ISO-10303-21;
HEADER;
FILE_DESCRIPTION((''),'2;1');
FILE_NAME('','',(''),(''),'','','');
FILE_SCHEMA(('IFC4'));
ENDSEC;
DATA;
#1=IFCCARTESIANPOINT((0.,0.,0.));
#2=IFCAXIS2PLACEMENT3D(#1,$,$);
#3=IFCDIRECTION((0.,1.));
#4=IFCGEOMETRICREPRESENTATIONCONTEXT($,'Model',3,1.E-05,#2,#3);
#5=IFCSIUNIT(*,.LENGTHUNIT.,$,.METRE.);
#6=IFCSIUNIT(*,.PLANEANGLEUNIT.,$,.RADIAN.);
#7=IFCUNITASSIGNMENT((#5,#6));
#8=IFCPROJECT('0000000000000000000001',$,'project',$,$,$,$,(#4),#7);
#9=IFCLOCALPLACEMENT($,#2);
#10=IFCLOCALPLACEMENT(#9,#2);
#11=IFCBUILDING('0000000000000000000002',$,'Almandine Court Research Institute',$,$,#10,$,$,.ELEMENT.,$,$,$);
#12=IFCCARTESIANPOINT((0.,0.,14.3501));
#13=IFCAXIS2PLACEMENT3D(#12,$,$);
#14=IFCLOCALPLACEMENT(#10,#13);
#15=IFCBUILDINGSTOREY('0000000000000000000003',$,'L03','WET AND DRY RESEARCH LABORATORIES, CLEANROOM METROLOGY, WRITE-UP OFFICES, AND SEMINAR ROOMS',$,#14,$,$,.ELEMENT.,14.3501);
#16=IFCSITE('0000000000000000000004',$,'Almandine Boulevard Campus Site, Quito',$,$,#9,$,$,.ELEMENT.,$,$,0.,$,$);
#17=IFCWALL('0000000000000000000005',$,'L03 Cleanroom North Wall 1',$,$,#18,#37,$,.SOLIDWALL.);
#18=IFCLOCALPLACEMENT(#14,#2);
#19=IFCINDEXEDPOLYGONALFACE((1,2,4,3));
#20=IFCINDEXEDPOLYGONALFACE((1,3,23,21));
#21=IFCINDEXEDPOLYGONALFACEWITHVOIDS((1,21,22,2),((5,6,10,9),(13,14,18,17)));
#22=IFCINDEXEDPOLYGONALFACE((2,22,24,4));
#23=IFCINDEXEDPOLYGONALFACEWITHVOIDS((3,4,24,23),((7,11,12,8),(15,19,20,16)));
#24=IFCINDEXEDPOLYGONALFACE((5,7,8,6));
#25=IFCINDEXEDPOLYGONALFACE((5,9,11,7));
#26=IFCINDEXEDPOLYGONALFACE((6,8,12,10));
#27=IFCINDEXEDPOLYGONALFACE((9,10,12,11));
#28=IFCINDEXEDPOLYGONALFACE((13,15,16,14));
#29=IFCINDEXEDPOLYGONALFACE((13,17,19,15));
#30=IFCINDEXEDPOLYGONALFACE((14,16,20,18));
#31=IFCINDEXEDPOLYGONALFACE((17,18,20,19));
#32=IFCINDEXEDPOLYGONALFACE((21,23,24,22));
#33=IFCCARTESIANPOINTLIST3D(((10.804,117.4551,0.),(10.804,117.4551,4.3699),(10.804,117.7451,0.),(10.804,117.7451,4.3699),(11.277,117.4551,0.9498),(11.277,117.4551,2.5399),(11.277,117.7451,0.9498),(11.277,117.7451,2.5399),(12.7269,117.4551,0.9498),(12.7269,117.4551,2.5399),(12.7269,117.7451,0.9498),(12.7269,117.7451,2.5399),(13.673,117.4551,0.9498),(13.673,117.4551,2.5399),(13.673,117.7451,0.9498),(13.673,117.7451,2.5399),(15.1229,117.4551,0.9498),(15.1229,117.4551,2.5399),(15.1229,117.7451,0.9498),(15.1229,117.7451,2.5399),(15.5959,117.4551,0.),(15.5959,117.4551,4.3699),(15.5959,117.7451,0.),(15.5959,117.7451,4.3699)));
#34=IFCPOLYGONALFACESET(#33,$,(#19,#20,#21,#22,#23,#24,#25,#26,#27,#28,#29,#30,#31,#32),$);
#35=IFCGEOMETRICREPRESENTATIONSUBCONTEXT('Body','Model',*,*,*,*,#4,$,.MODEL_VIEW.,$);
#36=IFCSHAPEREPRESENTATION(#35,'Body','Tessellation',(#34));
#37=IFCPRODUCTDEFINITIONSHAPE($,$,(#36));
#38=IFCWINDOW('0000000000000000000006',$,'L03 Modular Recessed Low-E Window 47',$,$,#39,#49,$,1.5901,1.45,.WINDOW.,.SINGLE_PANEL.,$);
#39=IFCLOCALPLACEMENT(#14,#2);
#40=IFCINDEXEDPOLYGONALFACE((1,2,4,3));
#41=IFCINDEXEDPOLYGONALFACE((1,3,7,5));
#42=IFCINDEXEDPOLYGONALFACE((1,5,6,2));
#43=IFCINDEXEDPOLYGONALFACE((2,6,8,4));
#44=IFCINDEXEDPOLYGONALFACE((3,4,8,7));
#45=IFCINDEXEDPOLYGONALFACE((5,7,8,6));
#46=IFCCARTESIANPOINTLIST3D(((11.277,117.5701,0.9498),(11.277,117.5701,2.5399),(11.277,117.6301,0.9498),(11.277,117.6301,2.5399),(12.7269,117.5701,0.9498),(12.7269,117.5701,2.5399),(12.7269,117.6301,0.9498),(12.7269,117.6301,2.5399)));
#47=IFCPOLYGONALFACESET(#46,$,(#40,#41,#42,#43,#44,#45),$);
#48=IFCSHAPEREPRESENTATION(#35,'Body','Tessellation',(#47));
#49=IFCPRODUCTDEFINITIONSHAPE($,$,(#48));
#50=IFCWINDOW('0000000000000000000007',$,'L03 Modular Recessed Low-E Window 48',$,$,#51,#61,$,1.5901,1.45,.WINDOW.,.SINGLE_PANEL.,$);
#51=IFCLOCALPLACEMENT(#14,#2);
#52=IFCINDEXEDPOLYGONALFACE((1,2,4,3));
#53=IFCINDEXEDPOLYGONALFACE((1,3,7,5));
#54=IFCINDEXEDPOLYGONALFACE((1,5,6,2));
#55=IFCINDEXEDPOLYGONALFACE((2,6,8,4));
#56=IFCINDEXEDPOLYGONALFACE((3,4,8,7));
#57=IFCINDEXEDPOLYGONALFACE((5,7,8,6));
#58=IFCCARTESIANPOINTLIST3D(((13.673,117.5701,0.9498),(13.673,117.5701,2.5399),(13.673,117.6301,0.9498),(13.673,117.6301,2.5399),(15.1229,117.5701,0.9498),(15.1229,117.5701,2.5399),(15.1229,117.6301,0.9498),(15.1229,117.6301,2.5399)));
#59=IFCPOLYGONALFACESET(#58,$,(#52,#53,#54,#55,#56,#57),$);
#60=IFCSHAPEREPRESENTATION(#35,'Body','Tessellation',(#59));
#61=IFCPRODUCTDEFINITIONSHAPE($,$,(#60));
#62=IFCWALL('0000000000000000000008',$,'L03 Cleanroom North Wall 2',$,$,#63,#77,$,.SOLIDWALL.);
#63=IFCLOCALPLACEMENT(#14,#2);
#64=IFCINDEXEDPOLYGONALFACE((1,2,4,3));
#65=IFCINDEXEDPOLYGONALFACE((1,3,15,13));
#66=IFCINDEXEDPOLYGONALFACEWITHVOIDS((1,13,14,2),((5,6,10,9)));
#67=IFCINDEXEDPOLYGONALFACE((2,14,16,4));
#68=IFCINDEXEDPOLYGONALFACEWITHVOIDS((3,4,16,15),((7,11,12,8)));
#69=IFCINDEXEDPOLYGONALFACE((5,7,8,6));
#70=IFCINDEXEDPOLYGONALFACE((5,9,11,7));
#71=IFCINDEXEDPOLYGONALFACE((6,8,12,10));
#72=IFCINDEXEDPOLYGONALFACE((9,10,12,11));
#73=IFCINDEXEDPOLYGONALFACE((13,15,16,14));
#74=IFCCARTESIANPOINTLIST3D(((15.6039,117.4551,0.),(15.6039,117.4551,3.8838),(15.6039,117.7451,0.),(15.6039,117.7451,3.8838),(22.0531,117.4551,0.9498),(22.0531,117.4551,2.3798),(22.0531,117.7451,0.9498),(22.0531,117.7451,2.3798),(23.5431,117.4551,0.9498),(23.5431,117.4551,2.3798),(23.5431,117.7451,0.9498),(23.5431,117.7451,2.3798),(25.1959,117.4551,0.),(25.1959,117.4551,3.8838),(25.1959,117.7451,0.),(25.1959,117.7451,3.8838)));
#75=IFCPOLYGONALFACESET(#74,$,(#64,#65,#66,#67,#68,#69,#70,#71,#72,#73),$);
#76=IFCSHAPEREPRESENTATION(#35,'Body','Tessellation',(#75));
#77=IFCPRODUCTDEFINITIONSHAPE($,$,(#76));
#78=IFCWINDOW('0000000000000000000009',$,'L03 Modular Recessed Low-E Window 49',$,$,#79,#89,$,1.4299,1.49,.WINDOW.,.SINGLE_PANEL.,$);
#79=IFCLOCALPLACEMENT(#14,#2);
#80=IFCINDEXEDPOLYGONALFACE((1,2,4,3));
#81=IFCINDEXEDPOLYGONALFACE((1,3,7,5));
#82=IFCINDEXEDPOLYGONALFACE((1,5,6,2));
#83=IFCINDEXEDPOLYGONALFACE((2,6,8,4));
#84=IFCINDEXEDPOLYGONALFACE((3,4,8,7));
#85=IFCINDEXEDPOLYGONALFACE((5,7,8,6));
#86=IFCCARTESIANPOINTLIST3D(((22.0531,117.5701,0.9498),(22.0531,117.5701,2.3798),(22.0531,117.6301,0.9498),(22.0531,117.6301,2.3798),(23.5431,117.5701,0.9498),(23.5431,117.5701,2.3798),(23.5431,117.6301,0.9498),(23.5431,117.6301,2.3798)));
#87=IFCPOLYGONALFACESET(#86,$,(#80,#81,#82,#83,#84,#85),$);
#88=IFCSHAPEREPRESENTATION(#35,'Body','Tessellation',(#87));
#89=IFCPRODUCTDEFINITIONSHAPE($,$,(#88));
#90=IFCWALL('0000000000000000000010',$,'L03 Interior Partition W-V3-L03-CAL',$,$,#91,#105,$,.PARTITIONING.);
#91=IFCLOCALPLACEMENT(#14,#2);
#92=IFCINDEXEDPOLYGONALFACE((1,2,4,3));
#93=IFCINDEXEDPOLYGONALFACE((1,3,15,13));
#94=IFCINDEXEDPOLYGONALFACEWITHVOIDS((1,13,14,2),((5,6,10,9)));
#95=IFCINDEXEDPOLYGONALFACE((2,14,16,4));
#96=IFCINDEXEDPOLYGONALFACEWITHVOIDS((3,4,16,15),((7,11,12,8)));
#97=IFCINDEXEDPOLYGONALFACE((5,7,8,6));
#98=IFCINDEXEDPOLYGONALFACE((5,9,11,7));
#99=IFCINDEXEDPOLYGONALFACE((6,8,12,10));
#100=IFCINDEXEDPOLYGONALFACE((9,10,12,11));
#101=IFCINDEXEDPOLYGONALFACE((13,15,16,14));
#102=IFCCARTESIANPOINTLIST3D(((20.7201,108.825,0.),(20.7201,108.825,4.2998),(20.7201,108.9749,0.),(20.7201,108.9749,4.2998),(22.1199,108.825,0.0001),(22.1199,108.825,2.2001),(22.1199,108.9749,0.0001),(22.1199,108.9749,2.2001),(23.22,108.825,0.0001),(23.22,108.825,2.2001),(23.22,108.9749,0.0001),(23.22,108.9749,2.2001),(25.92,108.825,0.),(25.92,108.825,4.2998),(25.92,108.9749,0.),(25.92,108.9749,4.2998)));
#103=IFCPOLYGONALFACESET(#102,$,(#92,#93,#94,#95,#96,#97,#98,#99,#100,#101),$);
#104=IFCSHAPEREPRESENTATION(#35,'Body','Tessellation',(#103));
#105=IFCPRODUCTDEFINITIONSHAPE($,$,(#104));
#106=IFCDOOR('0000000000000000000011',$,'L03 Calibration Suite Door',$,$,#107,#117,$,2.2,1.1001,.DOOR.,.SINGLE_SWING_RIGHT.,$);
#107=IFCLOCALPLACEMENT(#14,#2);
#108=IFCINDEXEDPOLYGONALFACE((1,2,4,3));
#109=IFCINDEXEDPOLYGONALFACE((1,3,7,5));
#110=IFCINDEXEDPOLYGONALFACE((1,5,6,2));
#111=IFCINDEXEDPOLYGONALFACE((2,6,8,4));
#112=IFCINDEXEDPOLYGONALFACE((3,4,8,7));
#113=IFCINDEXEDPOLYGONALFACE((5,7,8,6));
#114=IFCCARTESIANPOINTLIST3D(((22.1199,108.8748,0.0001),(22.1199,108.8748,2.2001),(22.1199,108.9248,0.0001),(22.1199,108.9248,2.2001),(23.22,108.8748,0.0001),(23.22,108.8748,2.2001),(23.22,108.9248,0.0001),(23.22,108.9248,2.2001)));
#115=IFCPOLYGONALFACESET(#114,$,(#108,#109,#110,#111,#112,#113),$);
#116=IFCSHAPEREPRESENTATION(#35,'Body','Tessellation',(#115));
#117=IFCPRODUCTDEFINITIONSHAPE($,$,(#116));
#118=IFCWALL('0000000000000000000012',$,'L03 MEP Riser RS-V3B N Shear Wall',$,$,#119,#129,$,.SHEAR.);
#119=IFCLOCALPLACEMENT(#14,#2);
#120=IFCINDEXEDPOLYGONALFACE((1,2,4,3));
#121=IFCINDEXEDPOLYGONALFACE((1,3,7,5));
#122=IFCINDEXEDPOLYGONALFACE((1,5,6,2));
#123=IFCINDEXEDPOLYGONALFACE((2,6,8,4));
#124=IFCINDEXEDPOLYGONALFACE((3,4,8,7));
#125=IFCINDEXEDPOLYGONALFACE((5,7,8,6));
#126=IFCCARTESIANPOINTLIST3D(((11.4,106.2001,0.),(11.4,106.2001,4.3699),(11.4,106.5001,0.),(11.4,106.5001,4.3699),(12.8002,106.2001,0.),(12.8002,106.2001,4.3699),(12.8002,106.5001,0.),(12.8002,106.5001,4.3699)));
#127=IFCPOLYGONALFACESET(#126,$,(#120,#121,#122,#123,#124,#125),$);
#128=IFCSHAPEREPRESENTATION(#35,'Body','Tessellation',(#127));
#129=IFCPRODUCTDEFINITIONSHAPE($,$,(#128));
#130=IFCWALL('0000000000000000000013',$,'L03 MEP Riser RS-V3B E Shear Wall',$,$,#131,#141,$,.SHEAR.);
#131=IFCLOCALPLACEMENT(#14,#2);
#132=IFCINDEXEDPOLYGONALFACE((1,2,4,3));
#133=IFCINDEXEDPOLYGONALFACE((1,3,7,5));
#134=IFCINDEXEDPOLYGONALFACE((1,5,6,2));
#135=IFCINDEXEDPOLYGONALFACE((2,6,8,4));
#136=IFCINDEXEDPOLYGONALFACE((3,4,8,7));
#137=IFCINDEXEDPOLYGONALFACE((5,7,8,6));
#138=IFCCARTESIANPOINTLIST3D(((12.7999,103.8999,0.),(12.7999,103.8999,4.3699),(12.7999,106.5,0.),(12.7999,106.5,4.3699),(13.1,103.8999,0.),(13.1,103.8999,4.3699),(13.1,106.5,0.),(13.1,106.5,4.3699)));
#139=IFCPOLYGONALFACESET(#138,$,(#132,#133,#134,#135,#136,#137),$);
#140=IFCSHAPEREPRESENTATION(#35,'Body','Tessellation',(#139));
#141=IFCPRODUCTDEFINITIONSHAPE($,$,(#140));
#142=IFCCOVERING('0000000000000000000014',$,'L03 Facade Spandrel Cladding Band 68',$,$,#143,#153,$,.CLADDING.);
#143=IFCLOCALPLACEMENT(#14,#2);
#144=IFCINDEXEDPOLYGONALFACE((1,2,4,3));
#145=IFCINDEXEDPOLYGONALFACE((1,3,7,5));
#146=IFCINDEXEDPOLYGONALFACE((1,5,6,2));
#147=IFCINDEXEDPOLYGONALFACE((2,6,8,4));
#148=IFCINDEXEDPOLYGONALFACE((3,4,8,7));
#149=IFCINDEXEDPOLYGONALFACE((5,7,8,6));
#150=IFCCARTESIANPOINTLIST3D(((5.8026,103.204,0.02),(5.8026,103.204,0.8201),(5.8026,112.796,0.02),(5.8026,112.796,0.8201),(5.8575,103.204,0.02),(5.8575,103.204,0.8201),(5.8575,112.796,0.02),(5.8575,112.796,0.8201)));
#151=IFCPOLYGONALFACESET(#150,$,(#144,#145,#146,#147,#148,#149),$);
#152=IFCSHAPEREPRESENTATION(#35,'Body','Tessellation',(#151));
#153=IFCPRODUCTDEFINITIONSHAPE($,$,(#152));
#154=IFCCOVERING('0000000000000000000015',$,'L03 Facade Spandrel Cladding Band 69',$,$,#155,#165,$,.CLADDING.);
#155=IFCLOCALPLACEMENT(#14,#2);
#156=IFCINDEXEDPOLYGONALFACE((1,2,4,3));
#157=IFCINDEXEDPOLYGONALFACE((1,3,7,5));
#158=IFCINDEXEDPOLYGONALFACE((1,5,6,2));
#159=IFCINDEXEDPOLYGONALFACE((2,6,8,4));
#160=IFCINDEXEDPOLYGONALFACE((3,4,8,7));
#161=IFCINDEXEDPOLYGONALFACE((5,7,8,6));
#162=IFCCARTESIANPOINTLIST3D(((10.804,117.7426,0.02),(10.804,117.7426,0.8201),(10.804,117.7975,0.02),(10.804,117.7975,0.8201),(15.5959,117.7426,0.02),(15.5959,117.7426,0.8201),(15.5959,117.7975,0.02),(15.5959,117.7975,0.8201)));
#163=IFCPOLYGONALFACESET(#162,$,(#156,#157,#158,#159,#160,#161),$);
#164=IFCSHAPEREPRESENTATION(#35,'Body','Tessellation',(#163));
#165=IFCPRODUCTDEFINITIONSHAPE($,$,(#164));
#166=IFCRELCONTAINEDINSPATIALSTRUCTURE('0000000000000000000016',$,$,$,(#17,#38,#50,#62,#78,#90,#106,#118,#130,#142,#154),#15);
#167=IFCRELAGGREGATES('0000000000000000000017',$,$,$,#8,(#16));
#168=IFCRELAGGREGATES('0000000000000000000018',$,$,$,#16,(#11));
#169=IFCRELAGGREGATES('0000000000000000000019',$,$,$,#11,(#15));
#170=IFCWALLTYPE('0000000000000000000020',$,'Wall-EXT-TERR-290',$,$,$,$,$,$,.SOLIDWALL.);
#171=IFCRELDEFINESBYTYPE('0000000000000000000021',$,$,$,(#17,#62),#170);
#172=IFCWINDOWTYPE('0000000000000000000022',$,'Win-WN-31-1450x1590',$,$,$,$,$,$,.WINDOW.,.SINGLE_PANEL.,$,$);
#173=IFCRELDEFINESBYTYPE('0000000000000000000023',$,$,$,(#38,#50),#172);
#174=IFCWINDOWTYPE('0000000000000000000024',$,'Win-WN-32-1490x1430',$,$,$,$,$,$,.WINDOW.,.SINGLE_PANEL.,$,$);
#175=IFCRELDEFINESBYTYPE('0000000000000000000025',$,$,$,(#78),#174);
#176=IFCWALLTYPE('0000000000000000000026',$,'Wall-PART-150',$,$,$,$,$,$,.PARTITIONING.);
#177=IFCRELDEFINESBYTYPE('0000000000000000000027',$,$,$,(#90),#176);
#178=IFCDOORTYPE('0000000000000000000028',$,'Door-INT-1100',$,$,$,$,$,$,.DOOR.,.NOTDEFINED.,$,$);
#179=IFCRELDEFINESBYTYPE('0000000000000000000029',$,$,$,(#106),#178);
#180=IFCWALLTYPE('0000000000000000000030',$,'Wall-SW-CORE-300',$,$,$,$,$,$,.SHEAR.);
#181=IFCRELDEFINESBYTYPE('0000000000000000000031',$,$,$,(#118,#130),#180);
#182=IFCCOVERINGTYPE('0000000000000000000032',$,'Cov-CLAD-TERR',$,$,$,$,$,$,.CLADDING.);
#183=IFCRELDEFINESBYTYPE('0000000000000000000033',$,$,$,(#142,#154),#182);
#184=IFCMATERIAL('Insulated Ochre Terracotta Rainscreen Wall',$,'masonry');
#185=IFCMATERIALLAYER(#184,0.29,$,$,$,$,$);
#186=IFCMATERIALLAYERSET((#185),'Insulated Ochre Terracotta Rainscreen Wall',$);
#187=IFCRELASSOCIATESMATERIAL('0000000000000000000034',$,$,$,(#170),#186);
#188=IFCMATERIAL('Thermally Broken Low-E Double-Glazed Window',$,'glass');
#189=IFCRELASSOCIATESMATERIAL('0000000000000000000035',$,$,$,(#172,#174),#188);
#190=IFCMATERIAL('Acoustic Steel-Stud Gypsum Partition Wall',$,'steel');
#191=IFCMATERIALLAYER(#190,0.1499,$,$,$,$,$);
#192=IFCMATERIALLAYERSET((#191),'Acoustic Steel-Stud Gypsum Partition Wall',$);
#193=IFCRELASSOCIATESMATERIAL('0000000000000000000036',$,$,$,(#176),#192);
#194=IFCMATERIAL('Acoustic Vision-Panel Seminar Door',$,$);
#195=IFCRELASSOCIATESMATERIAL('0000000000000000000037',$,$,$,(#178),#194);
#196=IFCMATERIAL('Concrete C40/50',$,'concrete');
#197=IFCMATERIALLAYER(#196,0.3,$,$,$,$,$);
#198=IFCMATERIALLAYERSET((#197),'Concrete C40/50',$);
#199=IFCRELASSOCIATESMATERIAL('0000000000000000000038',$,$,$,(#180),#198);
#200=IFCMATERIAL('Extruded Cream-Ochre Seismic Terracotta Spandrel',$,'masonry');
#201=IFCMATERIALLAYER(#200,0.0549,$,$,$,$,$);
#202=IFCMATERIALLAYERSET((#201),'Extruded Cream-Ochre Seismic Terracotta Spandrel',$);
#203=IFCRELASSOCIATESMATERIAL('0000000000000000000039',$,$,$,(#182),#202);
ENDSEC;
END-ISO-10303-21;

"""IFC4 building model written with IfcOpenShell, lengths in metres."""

from ifc_helpers import new_model, si_unit, direction, frame, frame_2d, origin, origin_2d, place, context, subcontext, project, spatial, rectangle, extrude, material, layer, layer_set, type_object, element, fill, save


model = new_model("IFC4")

# Units and contexts
model_context = context("Model", 3, precision=1e-05, world=origin(), true_north=direction((0.0, 1.0)))
body_context = subcontext(model_context, "Body", "Model", "MODEL_VIEW")
ifc_project = project(units=[si_unit("LENGTHUNIT", "METRE"), si_unit("PLANEANGLEUNIT", "RADIAN")], contexts=[model_context])

# Site, building, storey
site_placement = place(None, origin())
site = spatial("IfcSite", under=ifc_project, at=site_placement, Name="Almandine Boulevard Campus Site, Quito", CompositionType="ELEMENT", RefElevation=0.0)
building_placement = place(site_placement, origin())
building = spatial("IfcBuilding", under=site, at=building_placement, Name="Almandine Court Research Institute", CompositionType="ELEMENT")
storey_placement = place(building_placement, frame((0.0, 0.0, 14.3501)))
storey = spatial("IfcBuildingStorey", under=building, at=storey_placement, Name="L03", Description="WET AND DRY RESEARCH LABORATORIES, CLEANROOM METROLOGY, WRITE-UP OFFICES, AND SEMINAR ROOMS", CompositionType="ELEMENT", Elevation=14.3501)

# Wall, openings, windows
ifc_material_1 = material(Name="Insulated Ochre Terracotta Rainscreen Wall", Category="masonry")
ifc_layer_1 = layer(ifc_material_1, 0.29)
ifc_layer_set_1 = layer_set([ifc_layer_1], Name="Insulated Ochre Terracotta Rainscreen Wall")
wall_type_1 = type_object("IfcWallType", Name="Wall-EXT-TERR-290", PredefinedType="SOLIDWALL", material=ifc_layer_set_1)
wall_1_placement = place(storey_placement, frame((10.804, 117.6001, 0.0), z_axis=(0.0, 0.0, 1.0), x_axis=(1.0, 0.0, 0.0)))
wall_1 = element("IfcWall", 1, at=wall_1_placement, inside=storey, type_object=wall_type_1, Name="L03 Cleanroom North Wall 1", PredefinedType="SOLIDWALL", context=body_context, shape_type="SweptSolid", body=[
    extrude(rectangle(XDim=4.792, YDim=0.29, at=frame_2d((2.396, 0.0))), origin(), (0.0, 0.0, 1.0), 4.3699),
])
opening_1_placement = place(wall_1_placement, frame((0.4729, 0.0, 0.95)))
opening_1 = element("IfcOpeningElement", 2, at=opening_1_placement, cuts=wall_1, PredefinedType="OPENING", context=body_context, shape_type="SweptSolid", body=[
    extrude(rectangle(XDim=1.45, YDim=1.5901, at=frame_2d((0.7251, 0.7949))), frame((0.0, 0.155, 0.0), z_axis=(0.0, -1.0, 0.0), x_axis=(1.0, 0.0, 0.0)), (0.0, 0.0, 1.0), 0.3101),
])
opening_2_placement = place(wall_1_placement, frame((2.8689, 0.0, 0.95)))
opening_2 = element("IfcOpeningElement", 3, at=opening_2_placement, cuts=wall_1, PredefinedType="OPENING", context=body_context, shape_type="SweptSolid", body=[
    extrude(rectangle(XDim=1.45, YDim=1.5901, at=frame_2d((0.7251, 0.7949))), frame((0.0, 0.155, 0.0), z_axis=(0.0, -1.0, 0.0), x_axis=(1.0, 0.0, 0.0)), (0.0, 0.0, 1.0), 0.3101),
])
ifc_material_2 = material(Name="Thermally Broken Low-E Double-Glazed Window", Category="glass")
window_type_1 = type_object("IfcWindowType", Name="Win-WN-31-1450x1590", PartitioningType="SINGLE_PANEL", PredefinedType="WINDOW", material=ifc_material_2)
window_1_placement = place(opening_1_placement, origin())
window_1 = element("IfcWindow", 4, at=window_1_placement, inside=storey, type_object=window_type_1, Name="L03 Modular Recessed Low-E Window 47", OverallHeight=1.5901, OverallWidth=1.45, PartitioningType="SINGLE_PANEL", PredefinedType="WINDOW", context=body_context, shape_type="SweptSolid", body=[
    extrude(rectangle(XDim=1.45, YDim=1.5901, at=frame_2d((0.7251, 0.7949))), frame((0.0, 0.03, 0.0), z_axis=(0.0, -1.0, 0.0), x_axis=(1.0, 0.0, 0.0)), (0.0, 0.0, 1.0), 0.0601),
])
fill(opening_1, window_1)
window_2_placement = place(opening_2_placement, origin())
window_2 = element("IfcWindow", 5, at=window_2_placement, inside=storey, type_object=window_type_1, Name="L03 Modular Recessed Low-E Window 48", OverallHeight=1.5901, OverallWidth=1.45, PartitioningType="SINGLE_PANEL", PredefinedType="WINDOW", context=body_context, shape_type="SweptSolid", body=[
    extrude(rectangle(XDim=1.45, YDim=1.5901, at=frame_2d((0.7251, 0.7949))), frame((0.0, 0.03, 0.0), z_axis=(0.0, -1.0, 0.0), x_axis=(1.0, 0.0, 0.0)), (0.0, 0.0, 1.0), 0.0601),
])
fill(opening_2, window_2)

# Wall, opening, window
wall_2_placement = place(storey_placement, frame((15.604, 117.6001, 0.0), z_axis=(0.0, 0.0, 1.0), x_axis=(1.0, 0.0, 0.0)))
wall_2 = element("IfcWall", 6, at=wall_2_placement, inside=storey, type_object=wall_type_1, Name="L03 Cleanroom North Wall 2", PredefinedType="SOLIDWALL", context=body_context, shape_type="SweptSolid", body=[
    extrude(rectangle(XDim=9.592, YDim=0.29, at=frame_2d((4.7959, 0.0))), origin(), (0.0, 0.0, 1.0), 3.8838),
])
opening_3_placement = place(wall_2_placement, frame((6.449, 0.0, 0.95)))
opening_3 = element("IfcOpeningElement", 7, at=opening_3_placement, cuts=wall_2, PredefinedType="OPENING", context=body_context, shape_type="SweptSolid", body=[
    extrude(rectangle(XDim=1.49, YDim=1.4299, at=frame_2d((0.7451, 0.7148))), frame((0.0, 0.155, 0.0), z_axis=(0.0, -1.0, 0.0), x_axis=(1.0, 0.0, 0.0)), (0.0, 0.0, 1.0), 0.3101),
])
window_type_2 = type_object("IfcWindowType", Name="Win-WN-32-1490x1430", PartitioningType="SINGLE_PANEL", PredefinedType="WINDOW", material=ifc_material_2)
window_3_placement = place(opening_3_placement, origin())
window_3 = element("IfcWindow", 8, at=window_3_placement, inside=storey, type_object=window_type_2, Name="L03 Modular Recessed Low-E Window 49", OverallHeight=1.4299, OverallWidth=1.49, PartitioningType="SINGLE_PANEL", PredefinedType="WINDOW", context=body_context, shape_type="SweptSolid", body=[
    extrude(rectangle(XDim=1.49, YDim=1.4299, at=frame_2d((0.7451, 0.7148))), frame((0.0, 0.03, 0.0), z_axis=(0.0, -1.0, 0.0), x_axis=(1.0, 0.0, 0.0)), (0.0, 0.0, 1.0), 0.0601),
])
fill(opening_3, window_3)

# Wall, opening, door
ifc_material_3 = material(Name="Acoustic Steel-Stud Gypsum Partition Wall", Category="steel")
ifc_layer_2 = layer(ifc_material_3, 0.1499)
ifc_layer_set_2 = layer_set([ifc_layer_2], Name="Acoustic Steel-Stud Gypsum Partition Wall")
wall_type_2 = type_object("IfcWallType", Name="Wall-PART-150", PredefinedType="PARTITIONING", material=ifc_layer_set_2)
wall_3_placement = place(storey_placement, frame((20.72, 108.8999, 0.0), z_axis=(0.0, 0.0, 1.0), x_axis=(1.0, 0.0, 0.0)))
wall_3 = element("IfcWall", 9, at=wall_3_placement, inside=storey, type_object=wall_type_2, Name="L03 Interior Partition W-V3-L03-CAL", PredefinedType="PARTITIONING", context=body_context, shape_type="SweptSolid", body=[
    extrude(rectangle(XDim=5.2, YDim=0.1499, at=frame_2d((2.6001, 0.0))), origin(), (0.0, 0.0, 1.0), 4.2998),
])
opening_4_placement = place(wall_3_placement, frame((1.3999, 0.0, 0.0)))
opening_4 = element("IfcOpeningElement", 10, at=opening_4_placement, cuts=wall_3, PredefinedType="OPENING", context=body_context, shape_type="SweptSolid", body=[
    extrude(rectangle(XDim=1.1001, YDim=2.2, at=frame_2d((0.55, 1.1001))), frame((0.0, 0.085, 0.0), z_axis=(0.0, -1.0, 0.0), x_axis=(1.0, 0.0, 0.0)), (0.0, 0.0, 1.0), 0.1699),
])
ifc_material_4 = material(Name="Acoustic Vision-Panel Seminar Door")
door_type = type_object("IfcDoorType", Name="Door-INT-1100", OperationType="NOTDEFINED", PredefinedType="DOOR", material=ifc_material_4)
door_placement = place(opening_4_placement, origin())
door = element("IfcDoor", 11, at=door_placement, inside=storey, type_object=door_type, Name="L03 Calibration Suite Door", OperationType="SINGLE_SWING_RIGHT", OverallHeight=2.2, OverallWidth=1.1001, PredefinedType="DOOR", context=body_context, shape_type="SweptSolid", body=[
    extrude(rectangle(XDim=1.1001, YDim=2.2, at=frame_2d((0.55, 1.1001))), frame((0.0, 0.0249, 0.0), z_axis=(0.0, -1.0, 0.0), x_axis=(1.0, 0.0, 0.0)), (0.0, 0.0, 1.0), 0.05),
])
fill(opening_4, door)

# Walls
ifc_material_5 = material(Name="Concrete C40/50", Category="concrete")
ifc_layer_3 = layer(ifc_material_5, 0.3)
ifc_layer_set_3 = layer_set([ifc_layer_3], Name="Concrete C40/50")
wall_type_3 = type_object("IfcWallType", Name="Wall-SW-CORE-300", PredefinedType="SHEAR", material=ifc_layer_set_3)
wall_4_placement = place(storey_placement, frame((11.3999, 106.3501, 0.0), z_axis=(0.0, 0.0, 1.0), x_axis=(1.0, 0.0, 0.0)))
element("IfcWall", 12, at=wall_4_placement, inside=storey, type_object=wall_type_3, Name="L03 MEP Riser RS-V3B N Shear Wall", PredefinedType="SHEAR", context=body_context, shape_type="SweptSolid", body=[
    extrude(rectangle(XDim=1.4001, YDim=0.3, at=frame_2d((0.7002, 0.0))), origin(), (0.0, 0.0, 1.0), 4.3699),
])
wall_5_placement = place(storey_placement, frame((12.95, 106.5, 0.0), z_axis=(0.0, 0.0, 1.0), x_axis=(0.0, -1.0, 0.0)))
element("IfcWall", 13, at=wall_5_placement, inside=storey, type_object=wall_type_3, Name="L03 MEP Riser RS-V3B E Shear Wall", PredefinedType="SHEAR", context=body_context, shape_type="SweptSolid", body=[
    extrude(rectangle(XDim=2.6001, YDim=0.3, at=frame_2d((1.3, 0.0))), origin(), (0.0, 0.0, 1.0), 4.3699),
])

# Coverings
ifc_material_6 = material(Name="Extruded Cream-Ochre Seismic Terracotta Spandrel", Category="masonry")
ifc_layer_4 = layer(ifc_material_6, 0.0549)
ifc_layer_set_4 = layer_set([ifc_layer_4], Name="Extruded Cream-Ochre Seismic Terracotta Spandrel")
covering_type = type_object("IfcCoveringType", Name="Cov-CLAD-TERR", PredefinedType="CLADDING", material=ifc_layer_set_4)
covering_1_placement = place(storey_placement, frame((5.8301, 108.0, 0.02), z_axis=(0.0, 0.0, 1.0), x_axis=(0.0, 1.0, 0.0)))
element("IfcCovering", 14, at=covering_1_placement, inside=storey, type_object=covering_type, Name="L03 Facade Spandrel Cladding Band 68", PredefinedType="CLADDING", context=body_context, shape_type="SweptSolid", body=[
    extrude(rectangle(XDim=9.592, YDim=0.0549, at=origin_2d()), origin(), (0.0, 0.0, 1.0), 0.8),
])
covering_2_placement = place(storey_placement, frame((13.2, 117.77, 0.02), z_axis=(0.0, 0.0, 1.0), x_axis=(1.0, 0.0, 0.0)))
element("IfcCovering", 15, at=covering_2_placement, inside=storey, type_object=covering_type, Name="L03 Facade Spandrel Cladding Band 69", PredefinedType="CLADDING", context=body_context, shape_type="SweptSolid", body=[
    extrude(rectangle(XDim=4.792, YDim=0.0549, at=origin_2d()), origin(), (0.0, 0.0, 1.0), 0.8),
])

save(model, "model.ifc")
